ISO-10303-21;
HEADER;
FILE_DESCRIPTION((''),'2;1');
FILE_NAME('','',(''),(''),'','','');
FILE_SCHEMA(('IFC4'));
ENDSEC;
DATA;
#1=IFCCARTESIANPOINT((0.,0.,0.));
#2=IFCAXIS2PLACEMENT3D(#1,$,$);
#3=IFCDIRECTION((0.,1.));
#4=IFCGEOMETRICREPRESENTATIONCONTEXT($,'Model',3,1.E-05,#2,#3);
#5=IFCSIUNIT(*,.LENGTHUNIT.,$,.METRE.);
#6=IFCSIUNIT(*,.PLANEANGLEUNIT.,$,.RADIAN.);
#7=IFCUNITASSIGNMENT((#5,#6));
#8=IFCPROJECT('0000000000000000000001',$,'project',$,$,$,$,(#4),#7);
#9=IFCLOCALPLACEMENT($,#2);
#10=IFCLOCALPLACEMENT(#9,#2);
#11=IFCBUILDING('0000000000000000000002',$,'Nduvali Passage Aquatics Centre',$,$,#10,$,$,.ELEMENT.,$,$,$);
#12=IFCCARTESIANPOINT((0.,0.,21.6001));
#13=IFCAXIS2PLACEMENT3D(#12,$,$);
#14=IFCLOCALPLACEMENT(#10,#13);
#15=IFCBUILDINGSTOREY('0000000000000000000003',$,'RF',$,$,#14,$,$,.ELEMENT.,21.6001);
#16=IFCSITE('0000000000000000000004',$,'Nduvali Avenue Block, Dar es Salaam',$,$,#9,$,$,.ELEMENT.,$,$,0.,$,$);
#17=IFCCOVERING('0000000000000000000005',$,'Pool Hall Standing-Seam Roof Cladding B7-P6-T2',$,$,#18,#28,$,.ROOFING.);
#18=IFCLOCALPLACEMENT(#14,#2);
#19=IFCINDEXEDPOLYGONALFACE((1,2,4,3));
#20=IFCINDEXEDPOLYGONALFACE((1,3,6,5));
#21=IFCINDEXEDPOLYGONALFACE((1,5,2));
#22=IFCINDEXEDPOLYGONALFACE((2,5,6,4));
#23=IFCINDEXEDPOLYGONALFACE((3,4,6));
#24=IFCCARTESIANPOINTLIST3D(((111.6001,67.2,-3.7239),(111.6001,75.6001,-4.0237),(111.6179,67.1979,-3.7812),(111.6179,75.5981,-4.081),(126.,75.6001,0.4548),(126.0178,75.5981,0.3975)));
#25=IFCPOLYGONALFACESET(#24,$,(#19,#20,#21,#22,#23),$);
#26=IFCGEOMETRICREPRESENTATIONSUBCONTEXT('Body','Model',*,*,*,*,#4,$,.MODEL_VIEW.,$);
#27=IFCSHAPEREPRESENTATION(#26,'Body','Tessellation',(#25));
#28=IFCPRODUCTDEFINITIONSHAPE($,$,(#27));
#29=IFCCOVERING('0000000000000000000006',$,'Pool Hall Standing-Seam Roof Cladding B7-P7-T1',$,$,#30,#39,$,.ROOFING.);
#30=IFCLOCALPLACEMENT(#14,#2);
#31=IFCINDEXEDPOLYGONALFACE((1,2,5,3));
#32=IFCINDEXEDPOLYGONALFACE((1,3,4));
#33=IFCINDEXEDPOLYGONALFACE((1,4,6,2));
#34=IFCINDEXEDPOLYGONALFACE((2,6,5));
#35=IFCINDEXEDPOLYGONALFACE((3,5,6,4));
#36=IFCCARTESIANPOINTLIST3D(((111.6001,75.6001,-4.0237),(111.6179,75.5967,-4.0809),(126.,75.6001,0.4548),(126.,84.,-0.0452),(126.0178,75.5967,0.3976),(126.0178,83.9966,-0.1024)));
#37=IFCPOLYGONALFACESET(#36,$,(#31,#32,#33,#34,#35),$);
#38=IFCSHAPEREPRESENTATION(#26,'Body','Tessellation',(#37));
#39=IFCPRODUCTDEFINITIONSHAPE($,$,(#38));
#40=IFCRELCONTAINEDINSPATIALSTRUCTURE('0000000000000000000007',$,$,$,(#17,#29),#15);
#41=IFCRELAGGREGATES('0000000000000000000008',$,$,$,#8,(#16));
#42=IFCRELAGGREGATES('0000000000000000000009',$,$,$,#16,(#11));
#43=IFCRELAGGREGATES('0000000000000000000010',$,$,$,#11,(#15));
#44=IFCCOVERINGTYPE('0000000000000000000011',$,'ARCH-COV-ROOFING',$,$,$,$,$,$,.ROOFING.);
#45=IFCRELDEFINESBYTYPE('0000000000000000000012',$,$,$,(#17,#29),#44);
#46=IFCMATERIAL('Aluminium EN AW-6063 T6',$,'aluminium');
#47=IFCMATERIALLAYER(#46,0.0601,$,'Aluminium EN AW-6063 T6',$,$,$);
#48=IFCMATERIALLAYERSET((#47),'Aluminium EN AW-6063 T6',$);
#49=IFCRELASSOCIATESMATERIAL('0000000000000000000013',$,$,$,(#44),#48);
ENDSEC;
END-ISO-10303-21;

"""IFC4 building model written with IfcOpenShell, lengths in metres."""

from ifc_helpers import new_model, si_unit, direction, frame, origin, place, context, subcontext, project, spatial, polyline, outline, extrude, material, layer, layer_set, type_object, element, save


model = new_model("IFC4")

# Units and contexts
model_context = context("Model", 3, precision=1e-05, world=origin(), true_north=direction((0.0, 1.0)))
body_context = subcontext(model_context, "Body", "Model", "MODEL_VIEW")
ifc_project = project(units=[si_unit("LENGTHUNIT", "METRE"), si_unit("PLANEANGLEUNIT", "RADIAN")], contexts=[model_context])

# Site, building, storey
site_placement = place(None, origin())
site = spatial("IfcSite", under=ifc_project, at=site_placement, Name="Nduvali Avenue Block, Dar es Salaam", CompositionType="ELEMENT", RefElevation=0.0)
building_placement = place(site_placement, origin())
building = spatial("IfcBuilding", under=site, at=building_placement, Name="Nduvali Passage Aquatics Centre", CompositionType="ELEMENT")
storey_placement = place(building_placement, frame((0.0, 0.0, 21.6001)))
storey = spatial("IfcBuildingStorey", under=building, at=storey_placement, Name="RF", CompositionType="ELEMENT", Elevation=21.6001)

# Coverings
ifc_material_1 = material(Name="Aluminium EN AW-6063 T6", Category="aluminium")
ifc_layer_1 = layer(ifc_material_1, 0.0601, Name="Aluminium EN AW-6063 T6")
ifc_layer_set_1 = layer_set([ifc_layer_1], Name="Aluminium EN AW-6063 T6")
covering_type = type_object("IfcCoveringType", Name="ARCH-COV-ROOFING", PredefinedType="ROOFING", material=ifc_layer_set_1)
covering_1_placement = place(storey_placement, frame((111.6001, 67.2, -3.7239), z_axis=(-0.296806, 0.03406, 0.95433), x_axis=(0.837853, 0.48876, 0.243137)))
element("IfcCovering", 1, at=covering_1_placement, inside=storey, type_object=covering_type, Name="Pool Hall Standing-Seam Roof Cladding B7-P6-T2", PredefinedType="ROOFING", context=body_context, shape_type="SweptSolid", body=[
    extrude(outline(polyline([(0.0, 0.0), (17.1867, 0.0), (4.0328, 7.3749), (0.0, 0.0)])), origin(), (0.0, 0.0, -1.0), 0.0601),
])
covering_2_placement = place(storey_placement, frame((111.6001, 75.6001, -4.0237), z_axis=(-0.2965, 0.056747, 0.953345), x_axis=(0.954884, 0.0, 0.296979)))
element("IfcCovering", 2, at=covering_2_placement, inside=storey, type_object=covering_type, Name="Pool Hall Standing-Seam Roof Cladding B7-P7-T1", PredefinedType="ROOFING", context=body_context, shape_type="SweptSolid", body=[
    extrude(outline(polyline([(0.0, 0.0), (15.0803, 0.0), (14.9318, 8.4135), (0.0, 0.0)])), origin(), (0.0, 0.0, -1.0), 0.0601),
])

save(model, "model.ifc")
